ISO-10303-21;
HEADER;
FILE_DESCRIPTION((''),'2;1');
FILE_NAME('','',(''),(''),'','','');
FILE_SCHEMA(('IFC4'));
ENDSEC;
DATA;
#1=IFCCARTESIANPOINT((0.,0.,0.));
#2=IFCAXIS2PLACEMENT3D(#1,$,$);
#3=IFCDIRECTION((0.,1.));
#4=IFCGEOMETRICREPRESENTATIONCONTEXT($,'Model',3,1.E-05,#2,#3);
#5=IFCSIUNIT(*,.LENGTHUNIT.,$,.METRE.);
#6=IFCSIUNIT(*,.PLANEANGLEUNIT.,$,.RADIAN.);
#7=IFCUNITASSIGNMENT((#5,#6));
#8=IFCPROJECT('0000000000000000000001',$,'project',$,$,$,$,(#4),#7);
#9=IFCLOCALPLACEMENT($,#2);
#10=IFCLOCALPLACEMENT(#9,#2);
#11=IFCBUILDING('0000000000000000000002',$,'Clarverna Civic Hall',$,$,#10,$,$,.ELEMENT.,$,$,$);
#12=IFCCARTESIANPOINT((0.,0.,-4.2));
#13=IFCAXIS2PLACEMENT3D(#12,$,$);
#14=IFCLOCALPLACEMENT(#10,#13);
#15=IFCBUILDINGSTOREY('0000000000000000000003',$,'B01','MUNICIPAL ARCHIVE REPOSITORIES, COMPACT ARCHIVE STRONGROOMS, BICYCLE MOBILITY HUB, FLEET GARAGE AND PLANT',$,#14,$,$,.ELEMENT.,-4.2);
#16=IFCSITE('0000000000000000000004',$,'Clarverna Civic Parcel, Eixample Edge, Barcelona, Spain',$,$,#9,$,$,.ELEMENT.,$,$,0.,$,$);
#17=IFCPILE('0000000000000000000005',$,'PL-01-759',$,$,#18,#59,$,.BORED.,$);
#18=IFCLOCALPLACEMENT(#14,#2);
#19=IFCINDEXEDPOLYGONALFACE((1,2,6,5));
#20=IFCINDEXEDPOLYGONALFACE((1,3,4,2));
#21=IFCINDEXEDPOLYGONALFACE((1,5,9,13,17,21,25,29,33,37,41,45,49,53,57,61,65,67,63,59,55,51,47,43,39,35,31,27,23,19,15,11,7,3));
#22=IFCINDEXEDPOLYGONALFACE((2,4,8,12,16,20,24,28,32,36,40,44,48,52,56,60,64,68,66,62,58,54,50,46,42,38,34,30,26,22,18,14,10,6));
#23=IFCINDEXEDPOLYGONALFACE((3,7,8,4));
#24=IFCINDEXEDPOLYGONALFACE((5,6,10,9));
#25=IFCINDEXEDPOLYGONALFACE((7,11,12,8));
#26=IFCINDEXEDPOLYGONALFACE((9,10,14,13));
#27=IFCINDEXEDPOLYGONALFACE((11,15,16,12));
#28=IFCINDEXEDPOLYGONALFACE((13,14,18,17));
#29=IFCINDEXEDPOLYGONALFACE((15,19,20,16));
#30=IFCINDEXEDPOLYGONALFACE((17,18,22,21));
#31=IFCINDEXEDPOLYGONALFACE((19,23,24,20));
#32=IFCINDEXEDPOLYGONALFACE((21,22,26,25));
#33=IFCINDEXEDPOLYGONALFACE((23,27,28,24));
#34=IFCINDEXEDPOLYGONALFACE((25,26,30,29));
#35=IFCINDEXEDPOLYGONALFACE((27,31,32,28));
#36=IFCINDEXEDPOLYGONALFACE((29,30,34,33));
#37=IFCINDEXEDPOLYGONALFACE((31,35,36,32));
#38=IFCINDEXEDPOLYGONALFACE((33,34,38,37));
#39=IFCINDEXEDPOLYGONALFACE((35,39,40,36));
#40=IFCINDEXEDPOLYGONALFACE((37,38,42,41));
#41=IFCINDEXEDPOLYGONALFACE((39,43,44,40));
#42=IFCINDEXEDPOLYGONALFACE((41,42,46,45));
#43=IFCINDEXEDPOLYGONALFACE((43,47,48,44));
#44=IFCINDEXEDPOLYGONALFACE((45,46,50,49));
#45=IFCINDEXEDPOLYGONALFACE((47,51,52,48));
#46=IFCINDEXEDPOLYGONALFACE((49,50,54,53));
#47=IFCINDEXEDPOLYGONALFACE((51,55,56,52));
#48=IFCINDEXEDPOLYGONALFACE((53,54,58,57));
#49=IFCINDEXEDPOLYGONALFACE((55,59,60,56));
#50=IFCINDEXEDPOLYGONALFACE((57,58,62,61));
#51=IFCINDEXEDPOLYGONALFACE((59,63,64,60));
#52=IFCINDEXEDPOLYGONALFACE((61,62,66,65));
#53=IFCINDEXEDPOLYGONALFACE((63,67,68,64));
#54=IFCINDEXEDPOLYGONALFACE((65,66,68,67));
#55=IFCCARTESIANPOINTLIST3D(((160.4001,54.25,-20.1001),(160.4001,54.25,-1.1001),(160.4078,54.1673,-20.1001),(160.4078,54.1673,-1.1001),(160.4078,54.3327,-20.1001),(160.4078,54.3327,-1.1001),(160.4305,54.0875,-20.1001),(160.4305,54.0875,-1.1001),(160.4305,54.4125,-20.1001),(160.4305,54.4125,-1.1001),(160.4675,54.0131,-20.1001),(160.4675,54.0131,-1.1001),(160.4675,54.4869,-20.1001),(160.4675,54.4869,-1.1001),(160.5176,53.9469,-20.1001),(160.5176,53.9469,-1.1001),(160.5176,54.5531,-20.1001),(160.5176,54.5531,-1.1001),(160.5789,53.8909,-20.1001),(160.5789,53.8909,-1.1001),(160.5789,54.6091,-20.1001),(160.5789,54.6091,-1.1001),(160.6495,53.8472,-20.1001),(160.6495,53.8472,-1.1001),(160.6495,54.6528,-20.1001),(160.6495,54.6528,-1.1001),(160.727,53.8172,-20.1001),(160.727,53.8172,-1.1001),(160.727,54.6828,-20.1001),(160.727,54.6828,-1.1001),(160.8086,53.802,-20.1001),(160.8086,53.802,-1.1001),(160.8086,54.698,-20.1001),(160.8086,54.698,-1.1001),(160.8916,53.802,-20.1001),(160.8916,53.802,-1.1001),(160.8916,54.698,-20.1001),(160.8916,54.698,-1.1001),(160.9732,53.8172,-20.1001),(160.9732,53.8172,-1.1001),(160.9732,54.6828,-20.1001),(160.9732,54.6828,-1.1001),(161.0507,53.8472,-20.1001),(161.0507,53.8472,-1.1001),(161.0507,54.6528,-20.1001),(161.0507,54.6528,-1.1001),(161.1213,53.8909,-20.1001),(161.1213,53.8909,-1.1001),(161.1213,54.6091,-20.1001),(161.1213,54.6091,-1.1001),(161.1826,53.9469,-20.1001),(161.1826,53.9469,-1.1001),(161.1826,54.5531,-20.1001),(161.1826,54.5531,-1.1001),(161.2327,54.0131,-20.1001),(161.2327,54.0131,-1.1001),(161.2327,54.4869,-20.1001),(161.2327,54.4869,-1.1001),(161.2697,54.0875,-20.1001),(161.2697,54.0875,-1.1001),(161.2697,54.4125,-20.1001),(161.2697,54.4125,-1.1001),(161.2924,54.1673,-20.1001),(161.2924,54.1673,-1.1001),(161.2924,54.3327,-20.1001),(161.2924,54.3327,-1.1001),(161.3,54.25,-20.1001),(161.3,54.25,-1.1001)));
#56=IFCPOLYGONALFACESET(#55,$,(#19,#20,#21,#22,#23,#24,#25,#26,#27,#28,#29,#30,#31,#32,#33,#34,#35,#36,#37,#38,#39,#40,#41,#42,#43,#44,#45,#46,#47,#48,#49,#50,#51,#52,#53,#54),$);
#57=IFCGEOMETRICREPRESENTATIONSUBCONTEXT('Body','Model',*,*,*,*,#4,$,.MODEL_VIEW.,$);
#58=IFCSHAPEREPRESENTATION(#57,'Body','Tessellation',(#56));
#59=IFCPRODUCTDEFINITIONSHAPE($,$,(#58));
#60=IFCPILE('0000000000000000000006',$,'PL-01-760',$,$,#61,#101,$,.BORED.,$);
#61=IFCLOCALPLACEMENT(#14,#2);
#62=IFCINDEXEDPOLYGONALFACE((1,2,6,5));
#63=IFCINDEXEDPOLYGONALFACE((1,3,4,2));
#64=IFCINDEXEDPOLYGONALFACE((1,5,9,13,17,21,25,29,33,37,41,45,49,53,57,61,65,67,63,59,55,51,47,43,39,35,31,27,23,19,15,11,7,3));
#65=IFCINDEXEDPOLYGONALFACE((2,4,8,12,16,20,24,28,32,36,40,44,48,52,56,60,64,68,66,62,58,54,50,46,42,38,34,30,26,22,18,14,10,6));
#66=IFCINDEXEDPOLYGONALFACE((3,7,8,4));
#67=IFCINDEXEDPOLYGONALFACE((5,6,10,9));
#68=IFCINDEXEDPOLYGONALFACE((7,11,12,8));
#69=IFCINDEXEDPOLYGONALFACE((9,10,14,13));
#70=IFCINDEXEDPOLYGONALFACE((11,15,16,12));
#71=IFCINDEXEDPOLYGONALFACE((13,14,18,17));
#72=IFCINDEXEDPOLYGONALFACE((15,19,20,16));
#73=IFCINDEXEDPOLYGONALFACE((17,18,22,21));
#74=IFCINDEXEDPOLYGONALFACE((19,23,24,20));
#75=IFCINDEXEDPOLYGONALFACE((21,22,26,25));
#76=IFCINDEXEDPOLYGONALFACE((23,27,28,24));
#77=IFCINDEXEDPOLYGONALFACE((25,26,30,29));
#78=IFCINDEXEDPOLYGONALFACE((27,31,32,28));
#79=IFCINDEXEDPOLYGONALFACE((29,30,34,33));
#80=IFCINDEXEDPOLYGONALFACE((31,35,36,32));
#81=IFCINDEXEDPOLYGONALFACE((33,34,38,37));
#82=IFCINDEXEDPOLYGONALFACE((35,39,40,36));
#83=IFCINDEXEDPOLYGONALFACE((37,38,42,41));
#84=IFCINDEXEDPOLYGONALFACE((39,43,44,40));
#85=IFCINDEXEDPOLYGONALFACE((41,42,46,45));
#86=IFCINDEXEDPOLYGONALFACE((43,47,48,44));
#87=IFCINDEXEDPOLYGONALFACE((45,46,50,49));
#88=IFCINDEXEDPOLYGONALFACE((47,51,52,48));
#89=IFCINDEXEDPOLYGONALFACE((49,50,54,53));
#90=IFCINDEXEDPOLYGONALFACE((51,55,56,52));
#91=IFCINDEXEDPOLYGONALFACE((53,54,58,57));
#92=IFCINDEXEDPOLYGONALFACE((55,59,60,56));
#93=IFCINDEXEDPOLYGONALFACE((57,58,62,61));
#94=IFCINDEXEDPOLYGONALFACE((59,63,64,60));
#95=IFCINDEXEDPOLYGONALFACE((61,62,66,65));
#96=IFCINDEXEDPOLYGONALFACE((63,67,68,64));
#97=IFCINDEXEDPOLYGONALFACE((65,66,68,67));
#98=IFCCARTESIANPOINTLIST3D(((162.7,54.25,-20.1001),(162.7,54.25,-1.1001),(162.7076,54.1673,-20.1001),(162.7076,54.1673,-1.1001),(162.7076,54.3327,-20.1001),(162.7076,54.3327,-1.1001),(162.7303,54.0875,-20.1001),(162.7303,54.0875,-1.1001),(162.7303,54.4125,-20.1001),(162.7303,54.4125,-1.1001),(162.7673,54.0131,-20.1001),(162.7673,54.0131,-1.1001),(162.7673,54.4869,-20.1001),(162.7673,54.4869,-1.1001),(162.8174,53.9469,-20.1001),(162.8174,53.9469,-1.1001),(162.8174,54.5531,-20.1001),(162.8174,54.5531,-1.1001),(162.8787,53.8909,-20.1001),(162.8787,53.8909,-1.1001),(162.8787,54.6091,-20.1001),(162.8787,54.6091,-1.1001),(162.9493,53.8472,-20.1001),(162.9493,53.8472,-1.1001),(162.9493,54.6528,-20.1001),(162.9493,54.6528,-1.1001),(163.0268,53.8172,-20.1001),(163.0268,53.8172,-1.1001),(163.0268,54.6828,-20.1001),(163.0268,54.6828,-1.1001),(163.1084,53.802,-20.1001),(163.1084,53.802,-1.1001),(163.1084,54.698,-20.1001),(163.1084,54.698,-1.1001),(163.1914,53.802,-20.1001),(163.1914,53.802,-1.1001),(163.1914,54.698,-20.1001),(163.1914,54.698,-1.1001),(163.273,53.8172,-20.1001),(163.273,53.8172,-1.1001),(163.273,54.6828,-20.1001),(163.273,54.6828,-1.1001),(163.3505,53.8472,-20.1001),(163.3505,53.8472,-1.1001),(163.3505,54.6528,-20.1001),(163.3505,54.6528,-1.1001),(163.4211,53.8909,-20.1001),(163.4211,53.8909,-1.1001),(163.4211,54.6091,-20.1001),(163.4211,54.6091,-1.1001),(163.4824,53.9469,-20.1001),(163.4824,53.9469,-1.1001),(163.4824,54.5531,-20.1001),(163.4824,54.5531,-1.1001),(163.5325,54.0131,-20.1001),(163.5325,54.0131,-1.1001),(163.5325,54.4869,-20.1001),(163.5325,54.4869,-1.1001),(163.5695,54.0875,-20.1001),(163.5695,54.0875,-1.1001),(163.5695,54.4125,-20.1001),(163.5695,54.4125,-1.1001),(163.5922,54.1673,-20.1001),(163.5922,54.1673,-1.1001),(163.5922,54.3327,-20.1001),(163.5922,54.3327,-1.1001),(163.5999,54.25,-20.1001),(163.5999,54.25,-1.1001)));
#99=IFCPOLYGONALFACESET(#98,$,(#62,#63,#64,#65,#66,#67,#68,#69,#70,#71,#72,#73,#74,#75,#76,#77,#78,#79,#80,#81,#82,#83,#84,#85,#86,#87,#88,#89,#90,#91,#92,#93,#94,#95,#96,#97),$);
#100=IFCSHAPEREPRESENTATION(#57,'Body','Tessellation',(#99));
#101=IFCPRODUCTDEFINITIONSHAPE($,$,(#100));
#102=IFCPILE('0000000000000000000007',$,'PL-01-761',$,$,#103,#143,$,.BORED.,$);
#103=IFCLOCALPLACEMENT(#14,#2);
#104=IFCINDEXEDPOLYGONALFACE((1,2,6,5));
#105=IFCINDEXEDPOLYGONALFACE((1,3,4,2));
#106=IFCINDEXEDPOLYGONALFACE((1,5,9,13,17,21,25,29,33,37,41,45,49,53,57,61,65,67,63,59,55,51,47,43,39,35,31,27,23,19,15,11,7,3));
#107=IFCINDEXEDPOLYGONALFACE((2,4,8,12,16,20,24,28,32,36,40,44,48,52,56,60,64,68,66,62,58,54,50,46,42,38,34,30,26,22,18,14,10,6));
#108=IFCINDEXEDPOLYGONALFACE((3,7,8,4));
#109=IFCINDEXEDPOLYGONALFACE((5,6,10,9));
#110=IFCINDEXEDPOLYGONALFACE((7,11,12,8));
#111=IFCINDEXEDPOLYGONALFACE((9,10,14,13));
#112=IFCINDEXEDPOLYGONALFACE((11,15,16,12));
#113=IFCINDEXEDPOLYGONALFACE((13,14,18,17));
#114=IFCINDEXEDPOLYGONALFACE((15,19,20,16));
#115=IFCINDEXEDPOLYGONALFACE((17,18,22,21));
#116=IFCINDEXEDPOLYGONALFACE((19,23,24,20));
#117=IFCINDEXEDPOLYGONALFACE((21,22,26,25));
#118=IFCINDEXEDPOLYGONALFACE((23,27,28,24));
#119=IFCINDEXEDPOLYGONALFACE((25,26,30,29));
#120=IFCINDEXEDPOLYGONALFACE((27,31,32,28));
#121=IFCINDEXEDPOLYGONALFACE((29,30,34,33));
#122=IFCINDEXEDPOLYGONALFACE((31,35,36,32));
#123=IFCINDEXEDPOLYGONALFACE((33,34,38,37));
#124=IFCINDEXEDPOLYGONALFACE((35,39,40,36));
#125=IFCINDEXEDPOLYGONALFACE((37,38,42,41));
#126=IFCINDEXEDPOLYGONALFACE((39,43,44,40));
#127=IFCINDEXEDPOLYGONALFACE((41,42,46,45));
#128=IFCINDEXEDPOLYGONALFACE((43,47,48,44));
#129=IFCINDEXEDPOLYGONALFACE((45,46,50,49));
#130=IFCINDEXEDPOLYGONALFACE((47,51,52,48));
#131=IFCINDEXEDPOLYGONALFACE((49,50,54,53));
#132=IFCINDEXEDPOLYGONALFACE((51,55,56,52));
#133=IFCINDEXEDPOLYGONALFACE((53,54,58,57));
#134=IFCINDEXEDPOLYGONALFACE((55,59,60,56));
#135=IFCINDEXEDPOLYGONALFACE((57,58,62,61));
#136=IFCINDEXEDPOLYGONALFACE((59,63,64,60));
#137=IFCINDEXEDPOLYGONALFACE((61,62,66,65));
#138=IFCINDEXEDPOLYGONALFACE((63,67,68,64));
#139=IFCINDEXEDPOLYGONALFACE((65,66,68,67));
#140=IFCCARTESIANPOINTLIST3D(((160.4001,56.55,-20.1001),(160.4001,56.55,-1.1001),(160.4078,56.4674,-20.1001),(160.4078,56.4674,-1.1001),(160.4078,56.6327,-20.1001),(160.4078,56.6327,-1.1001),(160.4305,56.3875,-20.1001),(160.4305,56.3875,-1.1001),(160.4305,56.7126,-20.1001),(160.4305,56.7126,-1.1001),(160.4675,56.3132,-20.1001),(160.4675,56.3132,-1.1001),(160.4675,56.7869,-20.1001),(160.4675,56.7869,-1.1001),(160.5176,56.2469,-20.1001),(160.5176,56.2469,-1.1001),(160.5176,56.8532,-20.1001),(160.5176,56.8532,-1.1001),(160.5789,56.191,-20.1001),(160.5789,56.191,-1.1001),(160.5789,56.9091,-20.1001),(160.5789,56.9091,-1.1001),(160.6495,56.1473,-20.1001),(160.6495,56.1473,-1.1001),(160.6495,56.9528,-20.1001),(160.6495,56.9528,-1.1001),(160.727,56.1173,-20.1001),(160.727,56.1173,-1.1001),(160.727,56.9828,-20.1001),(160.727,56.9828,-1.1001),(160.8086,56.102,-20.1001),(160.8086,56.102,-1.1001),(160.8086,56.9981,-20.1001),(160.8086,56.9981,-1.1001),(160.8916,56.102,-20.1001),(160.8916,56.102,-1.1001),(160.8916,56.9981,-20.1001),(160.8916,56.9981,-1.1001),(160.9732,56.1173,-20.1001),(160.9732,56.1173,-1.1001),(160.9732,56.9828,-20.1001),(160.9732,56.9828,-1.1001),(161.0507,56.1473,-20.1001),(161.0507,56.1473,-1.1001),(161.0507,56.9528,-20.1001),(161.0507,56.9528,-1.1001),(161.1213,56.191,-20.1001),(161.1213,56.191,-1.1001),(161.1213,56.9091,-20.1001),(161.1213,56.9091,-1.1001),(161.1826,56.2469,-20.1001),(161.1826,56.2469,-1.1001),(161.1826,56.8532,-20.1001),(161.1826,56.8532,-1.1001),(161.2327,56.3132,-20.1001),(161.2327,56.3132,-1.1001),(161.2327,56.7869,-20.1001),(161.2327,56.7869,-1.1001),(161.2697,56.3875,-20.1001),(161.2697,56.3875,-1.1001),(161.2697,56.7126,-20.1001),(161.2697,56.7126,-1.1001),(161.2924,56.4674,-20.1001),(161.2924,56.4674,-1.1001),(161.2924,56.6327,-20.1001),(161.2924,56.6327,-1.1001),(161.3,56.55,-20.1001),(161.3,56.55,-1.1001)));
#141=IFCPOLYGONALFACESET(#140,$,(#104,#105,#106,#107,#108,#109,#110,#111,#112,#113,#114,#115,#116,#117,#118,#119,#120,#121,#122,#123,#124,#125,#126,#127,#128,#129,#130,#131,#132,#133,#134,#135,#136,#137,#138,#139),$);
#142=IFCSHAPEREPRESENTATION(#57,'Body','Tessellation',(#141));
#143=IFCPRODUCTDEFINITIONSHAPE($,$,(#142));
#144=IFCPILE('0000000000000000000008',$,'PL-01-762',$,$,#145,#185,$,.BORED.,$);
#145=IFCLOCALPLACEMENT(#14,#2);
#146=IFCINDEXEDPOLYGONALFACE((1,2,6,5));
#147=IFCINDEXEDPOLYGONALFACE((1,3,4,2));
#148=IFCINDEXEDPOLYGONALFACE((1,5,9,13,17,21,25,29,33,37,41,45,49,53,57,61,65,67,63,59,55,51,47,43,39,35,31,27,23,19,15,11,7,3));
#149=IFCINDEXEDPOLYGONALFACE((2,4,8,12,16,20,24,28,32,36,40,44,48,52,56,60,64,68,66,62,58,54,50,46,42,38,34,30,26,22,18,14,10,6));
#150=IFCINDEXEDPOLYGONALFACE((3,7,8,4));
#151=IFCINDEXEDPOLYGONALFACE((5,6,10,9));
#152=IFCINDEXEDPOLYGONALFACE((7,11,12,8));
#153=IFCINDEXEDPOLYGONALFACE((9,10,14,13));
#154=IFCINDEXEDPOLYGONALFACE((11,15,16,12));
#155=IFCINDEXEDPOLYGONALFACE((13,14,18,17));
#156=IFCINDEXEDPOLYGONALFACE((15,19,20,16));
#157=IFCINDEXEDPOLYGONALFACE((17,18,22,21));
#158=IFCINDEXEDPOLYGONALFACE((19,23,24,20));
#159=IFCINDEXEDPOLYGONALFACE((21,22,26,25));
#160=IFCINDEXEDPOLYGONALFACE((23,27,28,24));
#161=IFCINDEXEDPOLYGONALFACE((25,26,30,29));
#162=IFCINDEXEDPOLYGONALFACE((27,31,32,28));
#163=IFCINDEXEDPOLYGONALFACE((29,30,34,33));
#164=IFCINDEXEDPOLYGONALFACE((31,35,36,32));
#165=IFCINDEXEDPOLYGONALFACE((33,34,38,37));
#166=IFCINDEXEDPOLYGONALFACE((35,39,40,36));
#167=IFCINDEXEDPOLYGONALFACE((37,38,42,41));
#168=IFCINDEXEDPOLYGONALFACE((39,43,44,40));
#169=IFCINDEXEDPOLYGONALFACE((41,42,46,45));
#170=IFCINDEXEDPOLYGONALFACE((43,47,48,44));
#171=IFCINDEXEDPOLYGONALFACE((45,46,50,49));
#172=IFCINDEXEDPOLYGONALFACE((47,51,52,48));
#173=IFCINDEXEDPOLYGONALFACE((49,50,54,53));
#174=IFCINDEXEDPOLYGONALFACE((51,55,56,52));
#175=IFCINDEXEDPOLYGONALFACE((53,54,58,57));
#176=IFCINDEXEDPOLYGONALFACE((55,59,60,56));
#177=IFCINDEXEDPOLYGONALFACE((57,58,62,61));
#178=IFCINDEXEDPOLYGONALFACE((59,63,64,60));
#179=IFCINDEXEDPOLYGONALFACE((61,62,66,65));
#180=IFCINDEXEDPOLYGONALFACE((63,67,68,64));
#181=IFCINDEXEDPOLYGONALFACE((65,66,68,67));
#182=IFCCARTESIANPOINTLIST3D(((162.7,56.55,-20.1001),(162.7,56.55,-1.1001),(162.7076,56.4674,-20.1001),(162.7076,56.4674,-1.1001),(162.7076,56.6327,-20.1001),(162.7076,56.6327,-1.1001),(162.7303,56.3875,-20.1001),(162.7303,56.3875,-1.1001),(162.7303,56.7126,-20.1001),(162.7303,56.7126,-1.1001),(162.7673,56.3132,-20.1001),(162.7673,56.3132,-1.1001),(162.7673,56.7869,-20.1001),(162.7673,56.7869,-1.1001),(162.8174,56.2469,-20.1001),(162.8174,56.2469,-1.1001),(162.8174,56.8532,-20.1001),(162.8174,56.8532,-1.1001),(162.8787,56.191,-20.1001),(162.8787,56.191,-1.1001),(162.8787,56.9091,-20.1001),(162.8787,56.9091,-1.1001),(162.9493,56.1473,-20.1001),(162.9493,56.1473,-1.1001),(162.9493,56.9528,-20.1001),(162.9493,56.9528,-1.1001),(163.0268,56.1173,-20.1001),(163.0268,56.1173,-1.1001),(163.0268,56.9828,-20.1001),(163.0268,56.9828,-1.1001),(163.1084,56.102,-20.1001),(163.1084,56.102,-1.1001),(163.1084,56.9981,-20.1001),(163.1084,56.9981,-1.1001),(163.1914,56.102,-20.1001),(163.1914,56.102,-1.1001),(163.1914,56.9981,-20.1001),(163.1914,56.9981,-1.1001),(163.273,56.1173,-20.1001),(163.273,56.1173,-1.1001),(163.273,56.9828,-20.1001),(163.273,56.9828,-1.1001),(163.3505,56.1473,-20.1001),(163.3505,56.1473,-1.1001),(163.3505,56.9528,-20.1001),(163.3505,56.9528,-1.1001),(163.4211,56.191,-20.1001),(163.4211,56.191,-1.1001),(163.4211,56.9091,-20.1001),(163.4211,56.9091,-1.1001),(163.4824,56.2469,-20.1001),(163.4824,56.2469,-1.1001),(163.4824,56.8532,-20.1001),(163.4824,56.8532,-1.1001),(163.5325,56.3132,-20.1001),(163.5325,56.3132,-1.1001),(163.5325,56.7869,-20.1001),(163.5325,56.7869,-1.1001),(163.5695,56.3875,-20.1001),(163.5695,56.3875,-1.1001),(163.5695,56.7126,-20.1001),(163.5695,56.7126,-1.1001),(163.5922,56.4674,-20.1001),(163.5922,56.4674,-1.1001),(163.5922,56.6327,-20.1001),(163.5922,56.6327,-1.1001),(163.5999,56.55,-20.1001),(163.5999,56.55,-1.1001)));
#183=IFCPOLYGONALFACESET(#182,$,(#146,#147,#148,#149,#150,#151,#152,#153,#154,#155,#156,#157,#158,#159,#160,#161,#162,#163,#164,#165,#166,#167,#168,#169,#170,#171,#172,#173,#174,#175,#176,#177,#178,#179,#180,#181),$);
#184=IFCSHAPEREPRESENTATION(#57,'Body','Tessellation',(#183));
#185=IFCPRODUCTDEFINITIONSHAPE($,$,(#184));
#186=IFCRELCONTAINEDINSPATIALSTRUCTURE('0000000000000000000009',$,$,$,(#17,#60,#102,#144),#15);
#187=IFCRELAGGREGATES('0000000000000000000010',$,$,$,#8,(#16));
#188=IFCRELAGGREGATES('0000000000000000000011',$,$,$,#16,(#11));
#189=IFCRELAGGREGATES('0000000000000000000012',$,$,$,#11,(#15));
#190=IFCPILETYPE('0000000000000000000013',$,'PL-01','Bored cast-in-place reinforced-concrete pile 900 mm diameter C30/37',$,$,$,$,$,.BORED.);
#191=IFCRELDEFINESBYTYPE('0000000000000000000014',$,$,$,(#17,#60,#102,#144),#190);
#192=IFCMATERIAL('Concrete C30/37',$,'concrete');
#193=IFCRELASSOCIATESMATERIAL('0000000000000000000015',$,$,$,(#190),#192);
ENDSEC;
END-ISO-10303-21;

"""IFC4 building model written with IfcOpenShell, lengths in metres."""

from ifc_helpers import new_model, si_unit, direction, frame, origin, origin_2d, place, context, subcontext, project, spatial, circle, extrude, material, material_profile, profile_set, type_object, element, save


model = new_model("IFC4")

# Units and contexts
model_context = context("Model", 3, precision=1e-05, world=origin(), true_north=direction((0.0, 1.0)))
body_context = subcontext(model_context, "Body", "Model", "MODEL_VIEW")
ifc_project = project(units=[si_unit("LENGTHUNIT", "METRE"), si_unit("PLANEANGLEUNIT", "RADIAN")], contexts=[model_context])

# Site, building, storey
site_placement = place(None, origin())
site = spatial("IfcSite", under=ifc_project, at=site_placement, Name="Clarverna Civic Parcel, Eixample Edge, Barcelona, Spain", CompositionType="ELEMENT", RefElevation=0.0)
building_placement = place(site_placement, origin())
building = spatial("IfcBuilding", under=site, at=building_placement, Name="Clarverna Civic Hall", CompositionType="ELEMENT")
storey_placement = place(building_placement, frame((0.0, 0.0, -4.2)))
storey = spatial("IfcBuildingStorey", under=building, at=storey_placement, Name="B01", Description="MUNICIPAL ARCHIVE REPOSITORIES, COMPACT ARCHIVE STRONGROOMS, BICYCLE MOBILITY HUB, FLEET GARAGE AND PLANT", CompositionType="ELEMENT", Elevation=-4.2)

# Shared definitions
ifc_material_1 = material(Name="Concrete C30/37", Category="concrete")

# Piles
ifc_material_profile_1 = material_profile(ifc_material_1, circle(Radius=0.45, at=origin_2d()), Name="BORED PILE D900")
ifc_profile_set_1 = profile_set([ifc_material_profile_1], Name="Concrete C30/37")
pile_type = type_object("IfcPileType", Name="PL-01", Description="Bored cast-in-place reinforced-concrete pile 900 mm diameter C30/37", PredefinedType="BORED", material=ifc_profile_set_1)
for number, where, z_axis, x_axis, name in (
    (1, (160.8501, 54.25, -1.1001), (0.0, 0.0, -1.0), (1.0, 0.0, 0.0), "PL-01-759"),
    (2, (163.1499, 54.25, -1.1001), (0.0, 0.0, -1.0), (1.0, 0.0, 0.0), "PL-01-760"),
    (3, (160.8501, 56.55, -1.1001), (0.0, 0.0, -1.0), (1.0, 0.0, 0.0), "PL-01-761"),
    (4, (163.1499, 56.55, -1.1001), (0.0, 0.0, -1.0), (1.0, 0.0, 0.0), "PL-01-762"),
):
    element("IfcPile", number, at=place(storey_placement, frame(where, z_axis=z_axis, x_axis=x_axis)), inside=storey, type_object=pile_type, Name=name, PredefinedType="BORED", context=body_context, shape_type="SweptSolid", body=[
        extrude(circle(Radius=0.45, at=origin_2d()), origin(), (0.0, 0.0, 1.0), 19.0),
    ])

save(model, "model.ifc")
